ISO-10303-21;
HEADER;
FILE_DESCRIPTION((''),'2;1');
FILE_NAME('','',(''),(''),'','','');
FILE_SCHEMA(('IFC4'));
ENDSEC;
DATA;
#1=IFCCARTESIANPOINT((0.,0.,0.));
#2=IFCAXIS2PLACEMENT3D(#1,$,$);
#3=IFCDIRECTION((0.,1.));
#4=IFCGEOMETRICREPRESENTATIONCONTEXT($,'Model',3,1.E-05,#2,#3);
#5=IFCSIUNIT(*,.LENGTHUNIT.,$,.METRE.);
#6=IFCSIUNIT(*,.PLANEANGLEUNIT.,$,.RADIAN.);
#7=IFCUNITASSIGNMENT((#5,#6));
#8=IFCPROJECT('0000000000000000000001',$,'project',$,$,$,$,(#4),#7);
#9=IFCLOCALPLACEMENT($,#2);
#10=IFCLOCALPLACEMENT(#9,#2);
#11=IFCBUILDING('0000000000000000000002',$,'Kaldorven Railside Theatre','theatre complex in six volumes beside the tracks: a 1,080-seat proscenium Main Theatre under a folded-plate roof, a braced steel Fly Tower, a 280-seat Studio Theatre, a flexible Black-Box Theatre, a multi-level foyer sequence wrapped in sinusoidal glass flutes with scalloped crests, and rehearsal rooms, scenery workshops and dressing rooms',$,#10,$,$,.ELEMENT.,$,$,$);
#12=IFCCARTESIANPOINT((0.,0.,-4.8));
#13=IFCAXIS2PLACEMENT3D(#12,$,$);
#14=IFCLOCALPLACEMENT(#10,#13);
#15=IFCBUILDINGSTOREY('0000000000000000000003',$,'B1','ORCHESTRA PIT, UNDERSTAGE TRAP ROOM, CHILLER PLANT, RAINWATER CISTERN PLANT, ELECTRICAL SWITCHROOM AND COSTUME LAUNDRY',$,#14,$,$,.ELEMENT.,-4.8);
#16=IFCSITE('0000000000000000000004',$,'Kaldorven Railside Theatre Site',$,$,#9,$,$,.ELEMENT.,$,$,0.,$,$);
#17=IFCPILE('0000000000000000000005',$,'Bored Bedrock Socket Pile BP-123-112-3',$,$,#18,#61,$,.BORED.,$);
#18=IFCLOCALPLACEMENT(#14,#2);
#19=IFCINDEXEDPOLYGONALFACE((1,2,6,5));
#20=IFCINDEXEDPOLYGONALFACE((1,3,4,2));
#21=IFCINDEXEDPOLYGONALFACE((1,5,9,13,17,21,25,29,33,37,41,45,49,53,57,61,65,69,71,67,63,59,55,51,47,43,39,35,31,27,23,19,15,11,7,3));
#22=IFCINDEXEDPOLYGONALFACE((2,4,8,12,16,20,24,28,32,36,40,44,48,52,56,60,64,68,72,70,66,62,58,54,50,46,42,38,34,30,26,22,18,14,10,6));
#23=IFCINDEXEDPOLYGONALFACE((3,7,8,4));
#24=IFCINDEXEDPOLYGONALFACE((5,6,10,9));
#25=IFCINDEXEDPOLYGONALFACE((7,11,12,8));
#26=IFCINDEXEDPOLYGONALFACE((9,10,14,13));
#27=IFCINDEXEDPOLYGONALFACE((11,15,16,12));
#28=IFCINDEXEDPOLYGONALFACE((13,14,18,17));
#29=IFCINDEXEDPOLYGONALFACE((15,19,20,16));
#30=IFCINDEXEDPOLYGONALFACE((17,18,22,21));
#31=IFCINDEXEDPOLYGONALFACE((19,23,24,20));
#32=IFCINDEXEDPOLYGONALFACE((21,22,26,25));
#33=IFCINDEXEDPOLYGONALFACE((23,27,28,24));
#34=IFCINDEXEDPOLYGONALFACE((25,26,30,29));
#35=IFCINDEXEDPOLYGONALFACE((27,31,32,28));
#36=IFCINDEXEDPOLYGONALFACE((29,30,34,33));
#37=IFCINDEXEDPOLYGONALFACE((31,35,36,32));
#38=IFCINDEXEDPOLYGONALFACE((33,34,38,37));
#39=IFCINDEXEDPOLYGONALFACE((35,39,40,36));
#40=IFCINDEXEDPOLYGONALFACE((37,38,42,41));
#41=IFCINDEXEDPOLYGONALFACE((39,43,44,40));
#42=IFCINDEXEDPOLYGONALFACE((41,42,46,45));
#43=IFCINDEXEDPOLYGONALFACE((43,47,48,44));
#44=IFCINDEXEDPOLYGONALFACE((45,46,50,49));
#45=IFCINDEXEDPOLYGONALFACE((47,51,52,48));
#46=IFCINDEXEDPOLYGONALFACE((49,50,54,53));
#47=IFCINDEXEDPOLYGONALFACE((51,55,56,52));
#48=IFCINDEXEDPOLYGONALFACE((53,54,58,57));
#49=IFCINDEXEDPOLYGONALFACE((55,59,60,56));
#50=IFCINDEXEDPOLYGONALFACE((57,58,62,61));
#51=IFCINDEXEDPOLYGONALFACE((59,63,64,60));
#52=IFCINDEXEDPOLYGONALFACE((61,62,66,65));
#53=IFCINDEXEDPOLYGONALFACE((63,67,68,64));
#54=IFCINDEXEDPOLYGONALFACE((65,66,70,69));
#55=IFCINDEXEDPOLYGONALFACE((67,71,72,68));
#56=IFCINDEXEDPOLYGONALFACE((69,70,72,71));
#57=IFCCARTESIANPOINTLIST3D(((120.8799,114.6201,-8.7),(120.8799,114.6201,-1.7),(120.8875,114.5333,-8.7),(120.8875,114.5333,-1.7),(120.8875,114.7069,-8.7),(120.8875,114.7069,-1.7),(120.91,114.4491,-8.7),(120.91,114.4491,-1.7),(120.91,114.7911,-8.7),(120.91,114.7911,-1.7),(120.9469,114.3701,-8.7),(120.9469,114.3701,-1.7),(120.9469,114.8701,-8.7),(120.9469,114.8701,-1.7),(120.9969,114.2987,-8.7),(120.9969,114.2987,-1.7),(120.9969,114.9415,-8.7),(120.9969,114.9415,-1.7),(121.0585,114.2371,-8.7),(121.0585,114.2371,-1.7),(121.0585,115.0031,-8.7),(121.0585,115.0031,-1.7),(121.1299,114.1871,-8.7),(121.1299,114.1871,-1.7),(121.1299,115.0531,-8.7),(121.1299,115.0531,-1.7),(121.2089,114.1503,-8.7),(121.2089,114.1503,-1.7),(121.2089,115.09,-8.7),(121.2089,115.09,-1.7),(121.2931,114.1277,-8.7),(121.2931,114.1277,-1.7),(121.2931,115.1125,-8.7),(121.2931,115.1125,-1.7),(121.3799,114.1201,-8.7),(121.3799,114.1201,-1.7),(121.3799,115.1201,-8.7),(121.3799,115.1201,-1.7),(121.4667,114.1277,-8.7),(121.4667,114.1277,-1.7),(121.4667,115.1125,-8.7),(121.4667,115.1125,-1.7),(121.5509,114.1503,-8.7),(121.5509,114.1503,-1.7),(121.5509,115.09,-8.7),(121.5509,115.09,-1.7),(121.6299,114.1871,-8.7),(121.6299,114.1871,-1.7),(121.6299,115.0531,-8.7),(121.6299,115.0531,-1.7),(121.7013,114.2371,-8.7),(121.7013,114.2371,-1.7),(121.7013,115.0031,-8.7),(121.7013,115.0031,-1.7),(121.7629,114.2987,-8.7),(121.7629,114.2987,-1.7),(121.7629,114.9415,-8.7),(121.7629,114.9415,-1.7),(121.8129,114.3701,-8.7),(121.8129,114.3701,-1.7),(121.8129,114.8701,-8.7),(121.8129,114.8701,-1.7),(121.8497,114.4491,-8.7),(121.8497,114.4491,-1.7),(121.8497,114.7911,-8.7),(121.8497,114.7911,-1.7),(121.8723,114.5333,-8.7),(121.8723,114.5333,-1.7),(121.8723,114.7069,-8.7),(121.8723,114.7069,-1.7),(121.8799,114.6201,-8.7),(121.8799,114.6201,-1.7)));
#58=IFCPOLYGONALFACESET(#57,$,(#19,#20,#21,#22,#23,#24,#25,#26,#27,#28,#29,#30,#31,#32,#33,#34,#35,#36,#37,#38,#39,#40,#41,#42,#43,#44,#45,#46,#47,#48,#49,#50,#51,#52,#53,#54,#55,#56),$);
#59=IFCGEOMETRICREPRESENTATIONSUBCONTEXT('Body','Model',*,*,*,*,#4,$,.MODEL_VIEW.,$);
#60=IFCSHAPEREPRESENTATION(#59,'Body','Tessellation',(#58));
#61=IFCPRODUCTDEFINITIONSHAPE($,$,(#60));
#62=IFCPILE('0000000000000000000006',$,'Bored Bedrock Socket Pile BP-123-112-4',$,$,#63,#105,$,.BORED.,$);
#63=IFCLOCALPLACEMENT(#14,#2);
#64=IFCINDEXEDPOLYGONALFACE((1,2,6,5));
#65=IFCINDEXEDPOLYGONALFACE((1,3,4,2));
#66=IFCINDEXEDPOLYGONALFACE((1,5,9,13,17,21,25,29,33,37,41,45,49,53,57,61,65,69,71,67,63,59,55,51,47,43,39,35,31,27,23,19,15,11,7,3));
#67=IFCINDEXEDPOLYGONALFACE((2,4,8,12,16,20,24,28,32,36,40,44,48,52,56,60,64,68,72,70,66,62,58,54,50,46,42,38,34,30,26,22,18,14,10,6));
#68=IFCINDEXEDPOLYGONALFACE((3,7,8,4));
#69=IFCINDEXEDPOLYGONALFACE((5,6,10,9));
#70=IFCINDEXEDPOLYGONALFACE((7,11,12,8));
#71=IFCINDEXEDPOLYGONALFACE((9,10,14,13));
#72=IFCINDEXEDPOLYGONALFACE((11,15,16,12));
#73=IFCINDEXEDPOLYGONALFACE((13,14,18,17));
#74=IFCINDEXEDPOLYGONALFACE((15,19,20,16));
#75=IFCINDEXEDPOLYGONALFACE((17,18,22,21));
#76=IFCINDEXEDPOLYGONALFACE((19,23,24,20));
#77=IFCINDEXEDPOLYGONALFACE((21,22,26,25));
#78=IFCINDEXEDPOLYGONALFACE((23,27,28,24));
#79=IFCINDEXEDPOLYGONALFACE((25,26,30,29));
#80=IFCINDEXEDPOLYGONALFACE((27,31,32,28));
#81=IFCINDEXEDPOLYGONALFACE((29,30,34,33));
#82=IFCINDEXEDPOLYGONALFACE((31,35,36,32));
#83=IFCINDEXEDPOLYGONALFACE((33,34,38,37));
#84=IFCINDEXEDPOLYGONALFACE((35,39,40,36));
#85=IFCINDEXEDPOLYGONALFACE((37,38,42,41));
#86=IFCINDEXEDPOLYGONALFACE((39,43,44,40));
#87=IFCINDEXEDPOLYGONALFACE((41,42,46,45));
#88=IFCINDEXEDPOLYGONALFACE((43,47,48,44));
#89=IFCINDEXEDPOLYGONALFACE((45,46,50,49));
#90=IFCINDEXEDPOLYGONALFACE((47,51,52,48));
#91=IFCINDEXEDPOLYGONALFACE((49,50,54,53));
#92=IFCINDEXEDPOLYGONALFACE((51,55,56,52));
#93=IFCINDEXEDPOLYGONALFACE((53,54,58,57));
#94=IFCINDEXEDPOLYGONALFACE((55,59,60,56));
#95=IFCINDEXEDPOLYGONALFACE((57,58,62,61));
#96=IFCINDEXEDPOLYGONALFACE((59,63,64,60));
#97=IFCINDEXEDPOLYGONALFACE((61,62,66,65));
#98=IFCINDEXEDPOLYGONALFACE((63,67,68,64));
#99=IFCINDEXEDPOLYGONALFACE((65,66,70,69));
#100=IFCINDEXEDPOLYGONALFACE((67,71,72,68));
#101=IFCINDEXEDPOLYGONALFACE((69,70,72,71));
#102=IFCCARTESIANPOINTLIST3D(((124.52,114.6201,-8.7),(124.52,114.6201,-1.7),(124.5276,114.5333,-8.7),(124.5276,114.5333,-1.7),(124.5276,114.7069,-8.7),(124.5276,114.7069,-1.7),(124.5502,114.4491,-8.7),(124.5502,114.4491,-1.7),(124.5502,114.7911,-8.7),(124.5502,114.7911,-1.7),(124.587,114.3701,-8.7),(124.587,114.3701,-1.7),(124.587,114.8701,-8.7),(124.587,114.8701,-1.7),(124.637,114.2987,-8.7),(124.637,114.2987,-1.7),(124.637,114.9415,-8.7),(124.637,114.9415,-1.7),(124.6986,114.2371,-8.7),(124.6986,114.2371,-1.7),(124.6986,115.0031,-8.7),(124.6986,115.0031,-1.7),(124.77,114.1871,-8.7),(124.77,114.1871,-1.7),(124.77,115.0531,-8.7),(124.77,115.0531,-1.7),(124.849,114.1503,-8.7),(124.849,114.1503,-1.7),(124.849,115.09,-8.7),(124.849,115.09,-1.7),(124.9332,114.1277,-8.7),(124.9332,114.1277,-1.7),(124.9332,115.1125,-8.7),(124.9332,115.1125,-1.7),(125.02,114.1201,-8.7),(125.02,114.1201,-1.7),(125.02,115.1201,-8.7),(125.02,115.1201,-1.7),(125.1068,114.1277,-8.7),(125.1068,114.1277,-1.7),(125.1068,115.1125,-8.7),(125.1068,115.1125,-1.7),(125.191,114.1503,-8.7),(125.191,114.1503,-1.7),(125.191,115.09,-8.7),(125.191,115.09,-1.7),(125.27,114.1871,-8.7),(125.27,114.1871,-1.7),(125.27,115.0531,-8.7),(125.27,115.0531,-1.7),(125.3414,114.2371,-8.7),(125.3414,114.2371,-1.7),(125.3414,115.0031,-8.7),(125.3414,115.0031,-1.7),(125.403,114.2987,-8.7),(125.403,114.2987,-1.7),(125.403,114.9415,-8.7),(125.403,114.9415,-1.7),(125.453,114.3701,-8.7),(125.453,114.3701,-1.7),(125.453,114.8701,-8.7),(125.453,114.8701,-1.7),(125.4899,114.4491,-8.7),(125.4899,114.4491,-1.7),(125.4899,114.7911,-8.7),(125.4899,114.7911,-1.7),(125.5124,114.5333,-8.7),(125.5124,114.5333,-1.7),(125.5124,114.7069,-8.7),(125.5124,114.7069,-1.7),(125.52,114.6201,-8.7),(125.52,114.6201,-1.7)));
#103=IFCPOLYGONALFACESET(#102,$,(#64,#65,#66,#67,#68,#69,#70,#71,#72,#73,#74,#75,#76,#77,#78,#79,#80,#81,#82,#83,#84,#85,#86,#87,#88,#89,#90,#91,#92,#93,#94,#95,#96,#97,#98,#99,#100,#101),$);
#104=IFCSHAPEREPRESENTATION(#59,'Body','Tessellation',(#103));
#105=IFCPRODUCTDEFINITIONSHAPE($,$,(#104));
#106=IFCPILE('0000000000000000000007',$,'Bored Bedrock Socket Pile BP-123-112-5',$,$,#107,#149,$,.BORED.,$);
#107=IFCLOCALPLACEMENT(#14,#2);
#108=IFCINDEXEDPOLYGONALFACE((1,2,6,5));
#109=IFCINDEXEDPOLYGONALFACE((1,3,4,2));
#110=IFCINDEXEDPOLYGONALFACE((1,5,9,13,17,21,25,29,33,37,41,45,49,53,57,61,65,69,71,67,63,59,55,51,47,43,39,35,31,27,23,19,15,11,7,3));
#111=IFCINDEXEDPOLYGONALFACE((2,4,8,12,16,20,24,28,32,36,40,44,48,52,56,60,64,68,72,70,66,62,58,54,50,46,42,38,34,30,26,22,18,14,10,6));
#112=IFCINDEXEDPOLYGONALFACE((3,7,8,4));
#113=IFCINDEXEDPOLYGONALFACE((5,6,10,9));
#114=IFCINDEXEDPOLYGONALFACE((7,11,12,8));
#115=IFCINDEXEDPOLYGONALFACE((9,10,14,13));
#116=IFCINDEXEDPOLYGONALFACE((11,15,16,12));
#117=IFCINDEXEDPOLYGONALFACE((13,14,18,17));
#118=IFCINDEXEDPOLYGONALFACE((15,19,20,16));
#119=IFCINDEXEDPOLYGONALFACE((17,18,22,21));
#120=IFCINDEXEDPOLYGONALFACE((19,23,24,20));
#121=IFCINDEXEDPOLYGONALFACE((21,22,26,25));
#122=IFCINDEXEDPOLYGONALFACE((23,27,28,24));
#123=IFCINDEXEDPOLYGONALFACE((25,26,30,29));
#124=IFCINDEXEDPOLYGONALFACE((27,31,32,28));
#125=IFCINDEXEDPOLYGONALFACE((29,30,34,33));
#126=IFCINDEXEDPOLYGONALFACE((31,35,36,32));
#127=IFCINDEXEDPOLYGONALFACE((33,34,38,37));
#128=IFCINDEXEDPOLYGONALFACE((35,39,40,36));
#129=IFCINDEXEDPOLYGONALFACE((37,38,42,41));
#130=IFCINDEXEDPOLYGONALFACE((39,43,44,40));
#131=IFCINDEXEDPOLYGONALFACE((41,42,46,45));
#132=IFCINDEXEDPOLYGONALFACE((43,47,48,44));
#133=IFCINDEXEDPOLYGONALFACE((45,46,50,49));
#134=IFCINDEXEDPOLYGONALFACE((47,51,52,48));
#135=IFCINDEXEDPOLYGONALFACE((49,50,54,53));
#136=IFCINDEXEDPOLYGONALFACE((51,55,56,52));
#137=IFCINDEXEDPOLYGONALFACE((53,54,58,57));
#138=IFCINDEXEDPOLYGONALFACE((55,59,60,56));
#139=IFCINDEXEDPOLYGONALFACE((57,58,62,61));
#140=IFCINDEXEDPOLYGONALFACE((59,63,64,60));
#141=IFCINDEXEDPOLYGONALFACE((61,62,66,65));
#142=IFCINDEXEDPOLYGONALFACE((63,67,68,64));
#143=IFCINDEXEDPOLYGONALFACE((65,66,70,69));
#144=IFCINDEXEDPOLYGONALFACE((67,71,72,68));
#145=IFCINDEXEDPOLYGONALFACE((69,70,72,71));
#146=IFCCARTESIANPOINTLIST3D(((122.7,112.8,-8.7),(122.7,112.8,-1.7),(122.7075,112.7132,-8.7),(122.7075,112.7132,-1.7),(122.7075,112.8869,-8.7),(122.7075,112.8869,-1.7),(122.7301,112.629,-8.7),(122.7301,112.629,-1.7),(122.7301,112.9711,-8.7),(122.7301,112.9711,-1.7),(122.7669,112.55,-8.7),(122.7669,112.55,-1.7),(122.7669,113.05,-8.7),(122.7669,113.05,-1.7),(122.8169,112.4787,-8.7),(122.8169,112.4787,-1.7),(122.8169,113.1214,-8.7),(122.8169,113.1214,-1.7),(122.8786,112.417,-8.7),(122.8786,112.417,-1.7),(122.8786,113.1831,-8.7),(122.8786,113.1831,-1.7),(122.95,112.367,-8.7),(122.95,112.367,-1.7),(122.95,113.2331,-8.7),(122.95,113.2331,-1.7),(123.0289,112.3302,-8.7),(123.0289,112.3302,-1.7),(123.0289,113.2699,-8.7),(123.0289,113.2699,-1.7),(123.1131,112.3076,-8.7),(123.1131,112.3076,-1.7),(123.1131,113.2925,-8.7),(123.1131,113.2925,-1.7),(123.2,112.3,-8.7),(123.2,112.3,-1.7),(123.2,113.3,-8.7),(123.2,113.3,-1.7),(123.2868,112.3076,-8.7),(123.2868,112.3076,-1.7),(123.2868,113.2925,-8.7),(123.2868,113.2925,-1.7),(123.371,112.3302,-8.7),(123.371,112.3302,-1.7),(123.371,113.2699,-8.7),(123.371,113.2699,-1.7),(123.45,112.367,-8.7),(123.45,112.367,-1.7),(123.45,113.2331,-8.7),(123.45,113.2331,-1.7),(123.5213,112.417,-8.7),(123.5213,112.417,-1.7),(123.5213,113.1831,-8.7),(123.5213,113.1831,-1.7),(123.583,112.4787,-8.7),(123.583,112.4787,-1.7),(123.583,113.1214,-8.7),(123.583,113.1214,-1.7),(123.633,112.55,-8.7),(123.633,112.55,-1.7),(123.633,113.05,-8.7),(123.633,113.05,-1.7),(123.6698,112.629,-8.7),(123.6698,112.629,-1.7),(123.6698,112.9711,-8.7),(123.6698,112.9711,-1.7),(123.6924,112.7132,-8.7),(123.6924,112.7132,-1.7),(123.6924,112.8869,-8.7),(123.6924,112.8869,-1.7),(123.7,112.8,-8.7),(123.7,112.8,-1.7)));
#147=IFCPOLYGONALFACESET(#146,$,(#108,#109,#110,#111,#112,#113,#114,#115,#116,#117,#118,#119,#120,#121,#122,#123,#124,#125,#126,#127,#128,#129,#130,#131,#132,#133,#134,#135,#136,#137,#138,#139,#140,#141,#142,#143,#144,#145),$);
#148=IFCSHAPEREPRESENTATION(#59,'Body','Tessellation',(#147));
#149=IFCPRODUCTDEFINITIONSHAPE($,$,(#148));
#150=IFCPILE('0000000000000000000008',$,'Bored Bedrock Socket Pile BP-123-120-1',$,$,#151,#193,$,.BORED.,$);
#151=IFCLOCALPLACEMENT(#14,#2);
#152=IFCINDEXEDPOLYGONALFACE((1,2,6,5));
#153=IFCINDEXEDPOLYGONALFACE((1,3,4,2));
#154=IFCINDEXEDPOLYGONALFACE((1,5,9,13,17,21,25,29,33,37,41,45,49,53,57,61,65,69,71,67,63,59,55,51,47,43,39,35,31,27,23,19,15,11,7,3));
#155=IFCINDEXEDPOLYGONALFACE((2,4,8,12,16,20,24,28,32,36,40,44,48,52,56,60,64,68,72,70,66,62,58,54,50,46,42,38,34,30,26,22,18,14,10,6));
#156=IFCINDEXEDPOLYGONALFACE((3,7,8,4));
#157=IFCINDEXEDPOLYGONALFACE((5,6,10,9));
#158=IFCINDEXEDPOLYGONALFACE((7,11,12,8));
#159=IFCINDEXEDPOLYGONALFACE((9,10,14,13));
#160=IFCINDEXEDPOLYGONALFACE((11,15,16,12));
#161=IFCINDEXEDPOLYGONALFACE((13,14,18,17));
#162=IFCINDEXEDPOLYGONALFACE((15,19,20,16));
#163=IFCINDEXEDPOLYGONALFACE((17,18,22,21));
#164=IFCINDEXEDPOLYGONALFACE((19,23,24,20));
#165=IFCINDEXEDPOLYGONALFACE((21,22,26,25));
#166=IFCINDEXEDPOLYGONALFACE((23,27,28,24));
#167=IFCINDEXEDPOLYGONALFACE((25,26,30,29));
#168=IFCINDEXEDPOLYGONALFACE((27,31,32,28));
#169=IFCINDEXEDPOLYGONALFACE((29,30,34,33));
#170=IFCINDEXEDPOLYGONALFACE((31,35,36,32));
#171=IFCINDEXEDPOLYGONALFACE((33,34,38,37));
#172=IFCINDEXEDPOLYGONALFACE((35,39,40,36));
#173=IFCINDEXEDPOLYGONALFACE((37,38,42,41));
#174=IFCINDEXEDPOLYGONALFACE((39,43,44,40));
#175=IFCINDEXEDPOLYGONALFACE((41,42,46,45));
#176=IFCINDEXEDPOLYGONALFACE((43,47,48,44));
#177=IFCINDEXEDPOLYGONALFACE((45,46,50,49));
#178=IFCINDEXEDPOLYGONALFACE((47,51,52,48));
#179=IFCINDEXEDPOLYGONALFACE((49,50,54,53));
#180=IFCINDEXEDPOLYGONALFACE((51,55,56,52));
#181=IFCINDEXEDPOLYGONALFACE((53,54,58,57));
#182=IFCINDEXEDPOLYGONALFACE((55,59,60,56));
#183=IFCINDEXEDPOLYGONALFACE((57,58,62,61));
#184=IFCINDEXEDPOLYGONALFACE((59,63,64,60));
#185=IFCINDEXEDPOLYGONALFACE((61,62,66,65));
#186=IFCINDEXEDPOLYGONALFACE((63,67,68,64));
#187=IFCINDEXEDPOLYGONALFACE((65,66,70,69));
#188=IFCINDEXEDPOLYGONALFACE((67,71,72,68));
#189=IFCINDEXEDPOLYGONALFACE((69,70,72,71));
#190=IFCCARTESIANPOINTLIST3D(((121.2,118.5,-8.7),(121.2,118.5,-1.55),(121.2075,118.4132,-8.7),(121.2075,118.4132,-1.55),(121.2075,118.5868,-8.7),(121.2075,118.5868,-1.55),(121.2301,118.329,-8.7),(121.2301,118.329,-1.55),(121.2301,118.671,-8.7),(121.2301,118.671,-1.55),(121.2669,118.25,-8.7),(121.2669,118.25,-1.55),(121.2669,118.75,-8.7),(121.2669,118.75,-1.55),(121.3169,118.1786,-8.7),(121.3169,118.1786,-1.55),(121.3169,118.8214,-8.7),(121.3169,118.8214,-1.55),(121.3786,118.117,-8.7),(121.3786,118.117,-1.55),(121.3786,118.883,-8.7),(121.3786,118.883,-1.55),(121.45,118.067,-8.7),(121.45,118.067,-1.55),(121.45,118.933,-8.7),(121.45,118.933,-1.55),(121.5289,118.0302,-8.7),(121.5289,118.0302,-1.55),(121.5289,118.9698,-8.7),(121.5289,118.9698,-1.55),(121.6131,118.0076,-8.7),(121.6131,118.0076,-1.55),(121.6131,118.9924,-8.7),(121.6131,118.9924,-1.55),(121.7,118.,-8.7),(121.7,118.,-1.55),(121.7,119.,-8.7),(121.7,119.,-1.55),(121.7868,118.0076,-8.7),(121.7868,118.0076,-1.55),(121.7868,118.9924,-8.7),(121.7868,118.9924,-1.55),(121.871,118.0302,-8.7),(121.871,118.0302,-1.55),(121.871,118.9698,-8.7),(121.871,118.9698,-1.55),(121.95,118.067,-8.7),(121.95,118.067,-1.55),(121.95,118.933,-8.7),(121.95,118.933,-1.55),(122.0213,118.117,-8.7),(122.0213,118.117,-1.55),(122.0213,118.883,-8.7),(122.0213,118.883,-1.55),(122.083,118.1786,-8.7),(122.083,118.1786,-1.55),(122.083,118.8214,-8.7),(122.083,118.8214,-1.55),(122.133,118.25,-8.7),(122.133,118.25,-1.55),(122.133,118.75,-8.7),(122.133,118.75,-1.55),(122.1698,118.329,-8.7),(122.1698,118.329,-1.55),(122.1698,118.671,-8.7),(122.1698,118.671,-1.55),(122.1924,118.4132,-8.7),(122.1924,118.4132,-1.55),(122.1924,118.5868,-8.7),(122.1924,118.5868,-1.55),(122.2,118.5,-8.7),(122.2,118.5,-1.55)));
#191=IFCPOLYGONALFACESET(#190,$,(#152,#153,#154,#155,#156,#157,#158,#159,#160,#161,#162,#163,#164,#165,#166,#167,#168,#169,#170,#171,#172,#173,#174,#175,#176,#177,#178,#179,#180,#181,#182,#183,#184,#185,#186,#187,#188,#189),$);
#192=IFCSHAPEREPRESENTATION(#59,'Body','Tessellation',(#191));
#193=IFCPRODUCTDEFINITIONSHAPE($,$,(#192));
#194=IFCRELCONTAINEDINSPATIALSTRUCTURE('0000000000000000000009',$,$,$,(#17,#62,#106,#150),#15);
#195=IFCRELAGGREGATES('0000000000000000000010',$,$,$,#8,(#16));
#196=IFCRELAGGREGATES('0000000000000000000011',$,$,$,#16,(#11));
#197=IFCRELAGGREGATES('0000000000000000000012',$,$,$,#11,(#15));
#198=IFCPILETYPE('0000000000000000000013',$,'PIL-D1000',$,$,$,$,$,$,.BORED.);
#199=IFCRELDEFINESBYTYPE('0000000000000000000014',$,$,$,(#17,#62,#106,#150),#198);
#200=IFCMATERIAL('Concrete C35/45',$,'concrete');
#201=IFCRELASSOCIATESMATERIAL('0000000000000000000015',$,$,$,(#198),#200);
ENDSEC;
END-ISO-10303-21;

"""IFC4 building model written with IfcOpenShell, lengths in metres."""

from ifc_helpers import new_model, si_unit, direction, frame, origin, origin_2d, place, context, subcontext, project, spatial, circle, extrude, material, material_profile, profile_set, type_object, element, save


model = new_model("IFC4")

# Units and contexts
model_context = context("Model", 3, precision=1e-05, world=origin(), true_north=direction((0.0, 1.0)))
body_context = subcontext(model_context, "Body", "Model", "MODEL_VIEW")
ifc_project = project(units=[si_unit("LENGTHUNIT", "METRE"), si_unit("PLANEANGLEUNIT", "RADIAN")], contexts=[model_context])

# Site, building, storey
site_placement = place(None, origin())
site = spatial("IfcSite", under=ifc_project, at=site_placement, Name="Kaldorven Railside Theatre Site", CompositionType="ELEMENT", RefElevation=0.0)
building_placement = place(site_placement, origin())
building = spatial("IfcBuilding", under=site, at=building_placement, Name="Kaldorven Railside Theatre", Description="theatre complex in six volumes beside the tracks: a 1,080-seat proscenium Main Theatre under a folded-plate roof, a braced steel Fly Tower, a 280-seat Studio Theatre, a flexible Black-Box Theatre, a multi-level foyer sequence wrapped in sinusoidal glass flutes with scalloped crests, and rehearsal rooms, scenery workshops and dressing rooms", CompositionType="ELEMENT")
storey_placement = place(building_placement, frame((0.0, 0.0, -4.8)))
storey = spatial("IfcBuildingStorey", under=building, at=storey_placement, Name="B1", Description="ORCHESTRA PIT, UNDERSTAGE TRAP ROOM, CHILLER PLANT, RAINWATER CISTERN PLANT, ELECTRICAL SWITCHROOM AND COSTUME LAUNDRY", CompositionType="ELEMENT", Elevation=-4.8)

# Piles
ifc_material_1 = material(Name="Concrete C35/45", Category="concrete")
ifc_material_profile_1 = material_profile(ifc_material_1, circle(Radius=0.5, at=origin_2d()), Name="BP D1000")
ifc_profile_set_1 = profile_set([ifc_material_profile_1], Name="Concrete C35/45")
pile_type_1 = type_object("IfcPileType", Name="PIL-D1000", PredefinedType="BORED", material=ifc_profile_set_1)
for number, where, z_axis, x_axis, name in (
    (1, (121.3799, 114.6201, -1.7), (0.0, 0.0, -1.0), (1.0, 0.0, 0.0), "Bored Bedrock Socket Pile BP-123-112-3"),
    (2, (125.02, 114.6201, -1.7), (0.0, 0.0, -1.0), (1.0, 0.0, 0.0), "Bored Bedrock Socket Pile BP-123-112-4"),
    (3, (123.2, 112.8, -1.7), (0.0, 0.0, -1.0), (1.0, 0.0, 0.0), "Bored Bedrock Socket Pile BP-123-112-5"),
):
    element("IfcPile", number, at=place(storey_placement, frame(where, z_axis=z_axis, x_axis=x_axis)), inside=storey, type_object=pile_type_1, Name=name, PredefinedType="BORED", context=body_context, shape_type="SweptSolid", body=[
        extrude(circle(Radius=0.5, at=origin_2d()), origin(), (0.0, 0.0, 1.0), 7.0),
    ])
for number, where, z_axis, x_axis, name in (
    (4, (121.7, 118.5, -1.55), (0.0, 0.0, -1.0), (1.0, 0.0, 0.0), "Bored Bedrock Socket Pile BP-123-120-1"),
):
    element("IfcPile", number, at=place(storey_placement, frame(where, z_axis=z_axis, x_axis=x_axis)), inside=storey, type_object=pile_type_1, Name=name, PredefinedType="BORED", context=body_context, shape_type="SweptSolid", body=[
        extrude(circle(Radius=0.5, at=origin_2d()), origin(), (0.0, 0.0, 1.0), 7.1499),
    ])

save(model, "model.ifc")
